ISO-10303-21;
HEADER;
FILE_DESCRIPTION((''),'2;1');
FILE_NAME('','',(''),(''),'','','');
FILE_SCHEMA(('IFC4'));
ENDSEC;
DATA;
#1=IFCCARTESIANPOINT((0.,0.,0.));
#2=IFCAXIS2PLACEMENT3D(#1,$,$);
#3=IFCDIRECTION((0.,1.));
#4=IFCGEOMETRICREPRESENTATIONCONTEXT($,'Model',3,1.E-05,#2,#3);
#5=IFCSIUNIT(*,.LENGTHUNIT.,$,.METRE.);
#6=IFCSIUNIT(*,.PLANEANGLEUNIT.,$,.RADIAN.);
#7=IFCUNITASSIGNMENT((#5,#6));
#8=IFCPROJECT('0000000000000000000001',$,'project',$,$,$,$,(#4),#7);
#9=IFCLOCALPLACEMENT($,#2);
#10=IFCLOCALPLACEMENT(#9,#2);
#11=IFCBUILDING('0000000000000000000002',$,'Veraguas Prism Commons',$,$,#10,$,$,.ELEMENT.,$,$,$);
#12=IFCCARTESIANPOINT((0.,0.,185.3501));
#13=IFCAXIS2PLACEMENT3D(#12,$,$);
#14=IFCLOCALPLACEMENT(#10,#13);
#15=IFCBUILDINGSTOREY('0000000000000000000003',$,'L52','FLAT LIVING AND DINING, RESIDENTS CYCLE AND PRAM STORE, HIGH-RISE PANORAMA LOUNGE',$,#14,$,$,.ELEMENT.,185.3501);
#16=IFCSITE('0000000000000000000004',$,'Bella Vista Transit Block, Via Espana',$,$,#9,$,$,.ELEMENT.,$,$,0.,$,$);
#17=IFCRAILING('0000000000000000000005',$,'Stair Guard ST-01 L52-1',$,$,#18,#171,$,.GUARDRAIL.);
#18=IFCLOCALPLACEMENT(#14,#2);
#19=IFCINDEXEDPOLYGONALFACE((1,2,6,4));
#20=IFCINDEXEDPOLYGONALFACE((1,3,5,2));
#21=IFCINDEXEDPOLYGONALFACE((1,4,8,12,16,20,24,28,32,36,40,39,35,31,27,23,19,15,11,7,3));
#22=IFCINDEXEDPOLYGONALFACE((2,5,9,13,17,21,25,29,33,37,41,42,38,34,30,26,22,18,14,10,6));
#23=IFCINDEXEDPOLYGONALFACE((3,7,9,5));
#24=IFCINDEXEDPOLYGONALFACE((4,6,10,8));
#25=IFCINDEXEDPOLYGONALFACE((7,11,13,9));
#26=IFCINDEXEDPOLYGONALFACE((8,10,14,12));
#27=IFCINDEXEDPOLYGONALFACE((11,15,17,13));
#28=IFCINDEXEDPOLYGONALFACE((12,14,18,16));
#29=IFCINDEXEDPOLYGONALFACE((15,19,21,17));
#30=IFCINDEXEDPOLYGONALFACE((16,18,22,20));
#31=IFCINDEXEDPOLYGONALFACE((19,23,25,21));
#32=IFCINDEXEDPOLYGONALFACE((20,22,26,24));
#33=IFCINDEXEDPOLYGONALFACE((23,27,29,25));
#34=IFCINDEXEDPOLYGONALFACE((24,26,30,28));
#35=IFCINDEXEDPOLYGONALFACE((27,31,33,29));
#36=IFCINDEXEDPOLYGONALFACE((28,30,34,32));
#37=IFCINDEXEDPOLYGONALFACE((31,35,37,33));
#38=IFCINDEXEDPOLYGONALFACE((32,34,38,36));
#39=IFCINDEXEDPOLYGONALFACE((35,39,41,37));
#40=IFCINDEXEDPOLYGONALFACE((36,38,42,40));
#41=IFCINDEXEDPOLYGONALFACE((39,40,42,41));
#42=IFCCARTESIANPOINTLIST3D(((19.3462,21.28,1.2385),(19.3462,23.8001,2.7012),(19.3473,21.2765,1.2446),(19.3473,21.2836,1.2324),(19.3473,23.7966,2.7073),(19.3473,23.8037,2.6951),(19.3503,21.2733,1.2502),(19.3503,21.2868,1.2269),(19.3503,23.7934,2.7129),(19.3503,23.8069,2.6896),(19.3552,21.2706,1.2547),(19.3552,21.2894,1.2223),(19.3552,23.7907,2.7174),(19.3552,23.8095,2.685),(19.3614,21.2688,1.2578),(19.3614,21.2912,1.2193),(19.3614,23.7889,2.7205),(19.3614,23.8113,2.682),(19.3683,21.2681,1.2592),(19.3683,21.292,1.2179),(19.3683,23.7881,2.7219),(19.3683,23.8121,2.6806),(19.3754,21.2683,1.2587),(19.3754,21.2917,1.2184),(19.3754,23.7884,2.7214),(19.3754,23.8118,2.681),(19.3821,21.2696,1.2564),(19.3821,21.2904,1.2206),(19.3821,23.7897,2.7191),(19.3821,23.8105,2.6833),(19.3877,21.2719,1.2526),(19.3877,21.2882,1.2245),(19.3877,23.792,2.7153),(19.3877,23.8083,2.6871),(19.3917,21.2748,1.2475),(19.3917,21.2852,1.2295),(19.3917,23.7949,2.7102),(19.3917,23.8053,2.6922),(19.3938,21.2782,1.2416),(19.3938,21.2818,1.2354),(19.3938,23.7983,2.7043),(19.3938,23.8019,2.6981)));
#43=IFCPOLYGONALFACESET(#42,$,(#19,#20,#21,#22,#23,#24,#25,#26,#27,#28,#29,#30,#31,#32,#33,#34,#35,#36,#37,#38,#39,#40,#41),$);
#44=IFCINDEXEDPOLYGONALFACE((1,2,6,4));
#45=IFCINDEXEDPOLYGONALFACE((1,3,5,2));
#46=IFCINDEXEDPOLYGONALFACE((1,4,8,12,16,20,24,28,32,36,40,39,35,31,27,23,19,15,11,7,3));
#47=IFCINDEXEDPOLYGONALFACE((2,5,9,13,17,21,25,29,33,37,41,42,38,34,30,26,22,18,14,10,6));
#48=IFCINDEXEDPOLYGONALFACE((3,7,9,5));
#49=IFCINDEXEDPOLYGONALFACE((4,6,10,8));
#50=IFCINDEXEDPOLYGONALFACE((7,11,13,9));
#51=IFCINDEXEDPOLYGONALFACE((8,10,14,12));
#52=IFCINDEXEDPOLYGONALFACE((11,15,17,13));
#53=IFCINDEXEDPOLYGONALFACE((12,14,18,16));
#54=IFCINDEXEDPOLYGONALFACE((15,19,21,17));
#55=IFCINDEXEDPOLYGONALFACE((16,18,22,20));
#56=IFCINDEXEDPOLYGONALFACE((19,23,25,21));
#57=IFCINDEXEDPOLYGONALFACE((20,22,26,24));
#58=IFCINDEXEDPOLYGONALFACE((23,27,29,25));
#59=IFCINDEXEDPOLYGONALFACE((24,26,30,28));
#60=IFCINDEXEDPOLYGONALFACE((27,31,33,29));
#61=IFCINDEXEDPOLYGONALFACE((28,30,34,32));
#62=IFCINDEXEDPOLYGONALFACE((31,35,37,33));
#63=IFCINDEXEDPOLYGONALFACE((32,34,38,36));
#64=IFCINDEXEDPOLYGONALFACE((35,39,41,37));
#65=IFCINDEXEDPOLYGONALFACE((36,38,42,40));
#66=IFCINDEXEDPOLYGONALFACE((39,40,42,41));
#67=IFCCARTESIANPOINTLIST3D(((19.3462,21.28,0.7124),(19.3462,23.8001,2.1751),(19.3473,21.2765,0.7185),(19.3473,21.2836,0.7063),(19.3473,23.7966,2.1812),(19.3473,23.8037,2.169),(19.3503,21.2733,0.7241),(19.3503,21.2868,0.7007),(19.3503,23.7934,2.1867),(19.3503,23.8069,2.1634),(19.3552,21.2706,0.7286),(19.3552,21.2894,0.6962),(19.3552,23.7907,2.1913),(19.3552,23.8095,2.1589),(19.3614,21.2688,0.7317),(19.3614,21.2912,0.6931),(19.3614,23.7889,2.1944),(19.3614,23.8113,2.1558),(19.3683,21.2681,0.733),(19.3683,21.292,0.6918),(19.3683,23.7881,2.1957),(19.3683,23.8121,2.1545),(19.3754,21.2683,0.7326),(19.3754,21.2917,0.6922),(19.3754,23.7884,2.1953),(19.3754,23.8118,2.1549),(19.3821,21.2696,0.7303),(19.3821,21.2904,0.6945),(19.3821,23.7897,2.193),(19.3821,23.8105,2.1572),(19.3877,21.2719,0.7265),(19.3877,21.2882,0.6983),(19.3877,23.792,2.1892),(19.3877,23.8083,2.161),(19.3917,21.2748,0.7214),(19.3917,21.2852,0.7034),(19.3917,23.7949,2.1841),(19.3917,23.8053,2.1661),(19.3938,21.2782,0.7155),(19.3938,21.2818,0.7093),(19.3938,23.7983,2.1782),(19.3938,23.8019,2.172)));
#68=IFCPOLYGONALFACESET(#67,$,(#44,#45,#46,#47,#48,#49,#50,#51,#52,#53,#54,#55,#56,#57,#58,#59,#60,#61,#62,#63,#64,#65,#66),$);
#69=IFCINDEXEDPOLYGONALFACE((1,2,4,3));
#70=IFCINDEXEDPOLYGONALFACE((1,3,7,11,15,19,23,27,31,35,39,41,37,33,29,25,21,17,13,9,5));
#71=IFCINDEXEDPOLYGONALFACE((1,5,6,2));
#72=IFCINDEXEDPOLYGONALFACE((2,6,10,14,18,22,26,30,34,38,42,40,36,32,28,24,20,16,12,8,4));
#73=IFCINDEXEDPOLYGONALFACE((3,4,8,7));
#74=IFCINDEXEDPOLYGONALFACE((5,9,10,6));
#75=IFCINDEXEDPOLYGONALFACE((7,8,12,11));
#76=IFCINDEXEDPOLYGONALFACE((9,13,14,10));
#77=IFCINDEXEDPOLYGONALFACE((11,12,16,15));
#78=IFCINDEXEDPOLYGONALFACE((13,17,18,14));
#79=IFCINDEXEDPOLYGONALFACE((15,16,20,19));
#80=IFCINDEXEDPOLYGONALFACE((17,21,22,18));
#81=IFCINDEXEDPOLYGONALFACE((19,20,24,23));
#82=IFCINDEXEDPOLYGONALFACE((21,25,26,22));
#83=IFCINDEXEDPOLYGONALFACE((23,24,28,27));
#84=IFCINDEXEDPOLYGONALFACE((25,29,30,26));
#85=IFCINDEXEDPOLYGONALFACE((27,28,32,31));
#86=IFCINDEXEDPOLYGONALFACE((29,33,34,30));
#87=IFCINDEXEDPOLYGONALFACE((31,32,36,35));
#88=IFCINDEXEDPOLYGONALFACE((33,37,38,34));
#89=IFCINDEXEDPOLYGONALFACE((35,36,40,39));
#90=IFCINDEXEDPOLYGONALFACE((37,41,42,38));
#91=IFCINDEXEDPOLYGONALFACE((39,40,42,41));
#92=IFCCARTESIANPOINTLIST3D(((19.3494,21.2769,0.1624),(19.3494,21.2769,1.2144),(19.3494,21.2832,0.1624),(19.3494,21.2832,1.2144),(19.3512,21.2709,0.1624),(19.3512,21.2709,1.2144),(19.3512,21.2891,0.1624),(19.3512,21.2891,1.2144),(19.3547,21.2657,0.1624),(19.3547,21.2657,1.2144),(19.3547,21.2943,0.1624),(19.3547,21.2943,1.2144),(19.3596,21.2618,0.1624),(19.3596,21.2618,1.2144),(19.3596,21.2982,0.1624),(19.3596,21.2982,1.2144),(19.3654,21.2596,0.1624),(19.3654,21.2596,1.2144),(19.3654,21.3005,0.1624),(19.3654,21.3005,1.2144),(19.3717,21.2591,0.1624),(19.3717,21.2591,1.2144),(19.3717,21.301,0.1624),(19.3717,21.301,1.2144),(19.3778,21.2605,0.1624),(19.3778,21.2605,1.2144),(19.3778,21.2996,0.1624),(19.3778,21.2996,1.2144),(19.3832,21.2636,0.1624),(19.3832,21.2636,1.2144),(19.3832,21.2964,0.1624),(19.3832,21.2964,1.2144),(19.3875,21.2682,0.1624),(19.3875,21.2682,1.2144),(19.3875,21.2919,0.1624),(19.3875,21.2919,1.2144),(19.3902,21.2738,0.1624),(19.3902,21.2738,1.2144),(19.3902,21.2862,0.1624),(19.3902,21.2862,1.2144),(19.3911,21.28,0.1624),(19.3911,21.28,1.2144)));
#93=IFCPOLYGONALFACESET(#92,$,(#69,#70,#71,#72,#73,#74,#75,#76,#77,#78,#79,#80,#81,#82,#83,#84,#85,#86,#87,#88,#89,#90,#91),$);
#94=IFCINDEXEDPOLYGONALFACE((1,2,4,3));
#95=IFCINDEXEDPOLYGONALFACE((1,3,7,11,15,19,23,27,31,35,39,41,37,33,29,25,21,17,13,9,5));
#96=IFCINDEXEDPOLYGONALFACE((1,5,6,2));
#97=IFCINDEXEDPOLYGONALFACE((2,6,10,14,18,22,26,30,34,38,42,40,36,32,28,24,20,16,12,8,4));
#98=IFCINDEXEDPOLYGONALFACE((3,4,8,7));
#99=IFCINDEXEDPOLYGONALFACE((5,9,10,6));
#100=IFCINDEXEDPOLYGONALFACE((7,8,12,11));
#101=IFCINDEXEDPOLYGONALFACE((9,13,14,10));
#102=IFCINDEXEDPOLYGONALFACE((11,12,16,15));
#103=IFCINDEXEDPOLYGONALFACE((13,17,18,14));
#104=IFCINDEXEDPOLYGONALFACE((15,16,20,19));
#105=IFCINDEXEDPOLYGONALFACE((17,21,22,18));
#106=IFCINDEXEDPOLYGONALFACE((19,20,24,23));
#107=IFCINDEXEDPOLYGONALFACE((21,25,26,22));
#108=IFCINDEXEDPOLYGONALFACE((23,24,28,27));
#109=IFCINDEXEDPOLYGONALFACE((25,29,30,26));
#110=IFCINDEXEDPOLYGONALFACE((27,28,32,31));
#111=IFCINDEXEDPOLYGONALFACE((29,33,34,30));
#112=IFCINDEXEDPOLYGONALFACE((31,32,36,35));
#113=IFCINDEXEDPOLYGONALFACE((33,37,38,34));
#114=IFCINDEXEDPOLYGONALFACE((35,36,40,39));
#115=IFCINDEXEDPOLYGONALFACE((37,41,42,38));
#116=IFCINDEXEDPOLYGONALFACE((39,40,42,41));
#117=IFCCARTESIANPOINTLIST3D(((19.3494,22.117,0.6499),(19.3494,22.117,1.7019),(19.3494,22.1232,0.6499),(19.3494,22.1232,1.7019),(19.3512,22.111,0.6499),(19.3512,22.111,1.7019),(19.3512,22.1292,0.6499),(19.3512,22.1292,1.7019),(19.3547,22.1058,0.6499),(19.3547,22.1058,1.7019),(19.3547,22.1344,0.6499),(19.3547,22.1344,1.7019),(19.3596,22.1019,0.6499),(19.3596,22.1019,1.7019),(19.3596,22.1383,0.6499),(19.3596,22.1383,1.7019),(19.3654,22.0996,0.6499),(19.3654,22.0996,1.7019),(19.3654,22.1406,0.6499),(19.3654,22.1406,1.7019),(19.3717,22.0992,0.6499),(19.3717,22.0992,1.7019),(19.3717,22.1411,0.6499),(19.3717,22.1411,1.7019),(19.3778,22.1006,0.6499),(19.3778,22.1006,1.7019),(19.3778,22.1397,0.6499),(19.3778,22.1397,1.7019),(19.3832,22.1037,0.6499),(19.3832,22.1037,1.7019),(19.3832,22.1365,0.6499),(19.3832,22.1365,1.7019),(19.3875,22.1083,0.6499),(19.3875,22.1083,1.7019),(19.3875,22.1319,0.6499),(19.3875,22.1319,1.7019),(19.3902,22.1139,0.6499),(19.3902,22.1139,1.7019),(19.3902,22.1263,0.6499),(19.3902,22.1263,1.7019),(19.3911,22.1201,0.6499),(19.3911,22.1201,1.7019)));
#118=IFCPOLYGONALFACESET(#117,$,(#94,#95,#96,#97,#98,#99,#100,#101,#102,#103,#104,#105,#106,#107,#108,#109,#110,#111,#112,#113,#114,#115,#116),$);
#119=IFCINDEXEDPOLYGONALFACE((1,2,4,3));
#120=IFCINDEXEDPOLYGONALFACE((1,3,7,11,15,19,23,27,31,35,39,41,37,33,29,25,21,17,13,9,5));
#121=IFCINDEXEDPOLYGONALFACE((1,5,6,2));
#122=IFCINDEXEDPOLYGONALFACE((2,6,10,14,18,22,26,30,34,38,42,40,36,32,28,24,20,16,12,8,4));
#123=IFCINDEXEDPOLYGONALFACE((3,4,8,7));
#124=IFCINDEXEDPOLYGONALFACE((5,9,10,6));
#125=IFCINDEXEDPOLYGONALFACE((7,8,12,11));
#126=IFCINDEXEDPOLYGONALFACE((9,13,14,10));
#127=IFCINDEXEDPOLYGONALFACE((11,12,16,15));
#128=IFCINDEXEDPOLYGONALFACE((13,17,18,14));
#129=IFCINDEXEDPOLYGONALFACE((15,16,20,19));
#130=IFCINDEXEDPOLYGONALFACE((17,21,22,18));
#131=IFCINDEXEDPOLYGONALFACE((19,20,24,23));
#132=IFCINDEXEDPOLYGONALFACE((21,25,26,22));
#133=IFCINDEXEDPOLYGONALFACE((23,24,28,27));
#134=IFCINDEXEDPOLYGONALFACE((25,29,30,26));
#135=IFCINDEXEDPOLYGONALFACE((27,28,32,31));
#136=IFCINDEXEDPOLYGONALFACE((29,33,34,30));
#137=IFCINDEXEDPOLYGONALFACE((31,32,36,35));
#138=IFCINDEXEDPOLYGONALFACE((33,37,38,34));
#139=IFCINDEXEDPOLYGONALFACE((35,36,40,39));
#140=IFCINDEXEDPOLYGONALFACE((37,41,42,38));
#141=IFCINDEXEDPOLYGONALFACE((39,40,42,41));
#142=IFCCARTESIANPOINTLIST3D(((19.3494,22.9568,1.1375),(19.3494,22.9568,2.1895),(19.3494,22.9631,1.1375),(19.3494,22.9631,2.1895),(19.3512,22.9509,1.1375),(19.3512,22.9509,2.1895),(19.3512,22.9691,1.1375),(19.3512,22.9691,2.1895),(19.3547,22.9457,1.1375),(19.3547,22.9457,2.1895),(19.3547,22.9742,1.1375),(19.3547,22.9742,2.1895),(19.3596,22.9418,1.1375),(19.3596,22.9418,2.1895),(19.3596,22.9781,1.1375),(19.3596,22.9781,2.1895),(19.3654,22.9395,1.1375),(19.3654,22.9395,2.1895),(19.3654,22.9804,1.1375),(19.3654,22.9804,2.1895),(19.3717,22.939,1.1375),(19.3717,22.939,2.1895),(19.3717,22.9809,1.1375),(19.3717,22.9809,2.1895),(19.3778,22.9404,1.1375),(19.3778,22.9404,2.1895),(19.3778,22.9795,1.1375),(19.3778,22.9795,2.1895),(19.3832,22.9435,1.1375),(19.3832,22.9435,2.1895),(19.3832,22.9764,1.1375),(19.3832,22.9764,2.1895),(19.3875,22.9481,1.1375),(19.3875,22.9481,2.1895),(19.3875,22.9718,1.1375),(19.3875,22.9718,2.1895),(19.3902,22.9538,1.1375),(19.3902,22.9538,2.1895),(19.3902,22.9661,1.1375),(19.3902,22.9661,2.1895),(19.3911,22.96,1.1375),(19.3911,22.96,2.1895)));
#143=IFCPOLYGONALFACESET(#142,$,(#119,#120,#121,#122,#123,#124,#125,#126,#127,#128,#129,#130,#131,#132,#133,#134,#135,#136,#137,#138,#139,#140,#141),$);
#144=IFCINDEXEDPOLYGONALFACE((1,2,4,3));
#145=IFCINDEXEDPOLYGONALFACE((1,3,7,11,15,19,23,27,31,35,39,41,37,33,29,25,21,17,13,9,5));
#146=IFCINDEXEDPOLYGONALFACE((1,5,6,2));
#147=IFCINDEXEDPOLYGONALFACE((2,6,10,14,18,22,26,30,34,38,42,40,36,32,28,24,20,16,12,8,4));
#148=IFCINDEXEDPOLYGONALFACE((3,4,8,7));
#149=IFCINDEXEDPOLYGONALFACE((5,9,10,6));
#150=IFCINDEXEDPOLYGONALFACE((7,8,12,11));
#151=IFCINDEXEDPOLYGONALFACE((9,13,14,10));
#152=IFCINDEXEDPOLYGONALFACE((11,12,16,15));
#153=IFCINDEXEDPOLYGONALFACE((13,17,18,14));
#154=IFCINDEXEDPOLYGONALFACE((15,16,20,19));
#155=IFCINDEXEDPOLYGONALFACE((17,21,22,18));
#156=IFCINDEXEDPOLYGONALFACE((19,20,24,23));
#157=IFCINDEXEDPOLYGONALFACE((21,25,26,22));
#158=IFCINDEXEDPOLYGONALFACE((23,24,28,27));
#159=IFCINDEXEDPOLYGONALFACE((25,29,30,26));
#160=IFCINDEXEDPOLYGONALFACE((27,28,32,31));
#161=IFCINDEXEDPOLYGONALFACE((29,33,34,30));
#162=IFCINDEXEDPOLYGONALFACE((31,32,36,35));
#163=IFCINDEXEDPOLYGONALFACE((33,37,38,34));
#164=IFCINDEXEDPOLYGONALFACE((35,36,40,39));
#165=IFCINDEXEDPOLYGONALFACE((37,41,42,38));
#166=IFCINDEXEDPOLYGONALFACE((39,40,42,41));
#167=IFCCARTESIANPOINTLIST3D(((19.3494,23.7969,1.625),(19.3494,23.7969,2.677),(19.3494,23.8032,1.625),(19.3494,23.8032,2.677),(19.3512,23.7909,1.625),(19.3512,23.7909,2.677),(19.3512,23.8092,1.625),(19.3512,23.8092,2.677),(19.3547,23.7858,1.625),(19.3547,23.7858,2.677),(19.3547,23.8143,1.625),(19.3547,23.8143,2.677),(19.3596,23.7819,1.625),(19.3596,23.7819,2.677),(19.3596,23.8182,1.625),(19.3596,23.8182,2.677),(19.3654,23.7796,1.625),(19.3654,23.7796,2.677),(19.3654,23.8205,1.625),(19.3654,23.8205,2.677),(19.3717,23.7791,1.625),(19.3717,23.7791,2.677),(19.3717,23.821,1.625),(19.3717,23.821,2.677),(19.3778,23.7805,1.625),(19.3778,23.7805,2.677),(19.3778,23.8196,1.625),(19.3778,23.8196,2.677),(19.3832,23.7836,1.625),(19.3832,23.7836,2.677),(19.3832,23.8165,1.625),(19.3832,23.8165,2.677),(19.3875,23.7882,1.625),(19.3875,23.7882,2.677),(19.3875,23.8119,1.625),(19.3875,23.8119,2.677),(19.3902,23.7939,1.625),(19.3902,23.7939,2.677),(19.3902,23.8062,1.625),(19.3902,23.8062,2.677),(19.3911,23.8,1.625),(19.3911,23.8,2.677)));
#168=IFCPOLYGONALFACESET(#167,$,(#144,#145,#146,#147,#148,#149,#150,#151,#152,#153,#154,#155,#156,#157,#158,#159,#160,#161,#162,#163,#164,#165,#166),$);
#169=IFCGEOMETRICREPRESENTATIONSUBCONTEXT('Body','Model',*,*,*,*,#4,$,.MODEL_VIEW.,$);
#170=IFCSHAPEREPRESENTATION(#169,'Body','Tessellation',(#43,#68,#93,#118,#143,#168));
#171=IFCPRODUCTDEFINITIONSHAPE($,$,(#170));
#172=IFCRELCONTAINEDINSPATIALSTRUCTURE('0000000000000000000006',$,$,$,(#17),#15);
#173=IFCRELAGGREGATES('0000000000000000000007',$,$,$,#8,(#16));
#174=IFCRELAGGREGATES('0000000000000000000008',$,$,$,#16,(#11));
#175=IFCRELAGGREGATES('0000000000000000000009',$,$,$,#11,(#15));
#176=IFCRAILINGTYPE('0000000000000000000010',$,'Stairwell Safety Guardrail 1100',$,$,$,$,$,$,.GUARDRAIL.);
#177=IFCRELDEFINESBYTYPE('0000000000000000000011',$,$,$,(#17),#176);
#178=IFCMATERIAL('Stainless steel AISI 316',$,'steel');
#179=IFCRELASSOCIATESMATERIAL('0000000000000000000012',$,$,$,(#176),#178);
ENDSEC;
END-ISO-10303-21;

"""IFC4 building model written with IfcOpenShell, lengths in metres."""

from ifc_helpers import new_model, si_unit, direction, frame, origin, origin_2d, place, context, subcontext, project, spatial, circle, extrude, material, type_object, element, save


model = new_model("IFC4")

# Units and contexts
model_context = context("Model", 3, precision=1e-05, world=origin(), true_north=direction((0.0, 1.0)))
body_context = subcontext(model_context, "Body", "Model", "MODEL_VIEW")
ifc_project = project(units=[si_unit("LENGTHUNIT", "METRE"), si_unit("PLANEANGLEUNIT", "RADIAN")], contexts=[model_context])

# Site, building, storey
site_placement = place(None, origin())
site = spatial("IfcSite", under=ifc_project, at=site_placement, Name="Bella Vista Transit Block, Via Espana", CompositionType="ELEMENT", RefElevation=0.0)
building_placement = place(site_placement, origin())
building = spatial("IfcBuilding", under=site, at=building_placement, Name="Veraguas Prism Commons", CompositionType="ELEMENT")
storey_placement = place(building_placement, frame((0.0, 0.0, 185.3501)))
storey = spatial("IfcBuildingStorey", under=building, at=storey_placement, Name="L52", Description="FLAT LIVING AND DINING, RESIDENTS CYCLE AND PRAM STORE, HIGH-RISE PANORAMA LOUNGE", CompositionType="ELEMENT", Elevation=185.3501)

# Railing
ifc_material_1 = material(Name="Stainless steel AISI 316", Category="steel")
railing_type = type_object("IfcRailingType", Name="Stairwell Safety Guardrail 1100", PredefinedType="GUARDRAIL", material=ifc_material_1)
railing_1_placement = place(storey_placement, frame((19.3701, 21.28, 0.1624)))
element("IfcRailing", 1, at=railing_1_placement, inside=storey, type_object=railing_type, Name="Stair Guard ST-01 L52-1", PredefinedType="GUARDRAIL", context=body_context, shape_type="SweptSolid", body=[
    extrude(circle(Radius=0.0239, at=origin_2d()), frame((0.0, 0.0, 1.0762), z_axis=(0.0, 0.864877, 0.501984), x_axis=(-1.0, 0.0, 0.0)), (0.0, 0.0, 1.0), 2.9138),
    extrude(circle(Radius=0.0239, at=origin_2d()), frame((0.0, 0.0, 0.55), z_axis=(0.0, 0.864877, 0.501984), x_axis=(-1.0, 0.0, 0.0)), (0.0, 0.0, 1.0), 2.9138),
    extrude(circle(Radius=0.021, at=origin_2d()), origin(), (0.0, 0.0, 1.0), 1.052),
    extrude(circle(Radius=0.021, at=origin_2d()), frame((0.0, 0.8401, 0.4875)), (0.0, 0.0, 1.0), 1.052),
    extrude(circle(Radius=0.021, at=origin_2d()), frame((0.0, 1.6799, 0.9751)), (0.0, 0.0, 1.0), 1.052),
    extrude(circle(Radius=0.021, at=origin_2d()), frame((0.0, 2.52, 1.4626)), (0.0, 0.0, 1.0), 1.052),
])

save(model, "model.ifc")
